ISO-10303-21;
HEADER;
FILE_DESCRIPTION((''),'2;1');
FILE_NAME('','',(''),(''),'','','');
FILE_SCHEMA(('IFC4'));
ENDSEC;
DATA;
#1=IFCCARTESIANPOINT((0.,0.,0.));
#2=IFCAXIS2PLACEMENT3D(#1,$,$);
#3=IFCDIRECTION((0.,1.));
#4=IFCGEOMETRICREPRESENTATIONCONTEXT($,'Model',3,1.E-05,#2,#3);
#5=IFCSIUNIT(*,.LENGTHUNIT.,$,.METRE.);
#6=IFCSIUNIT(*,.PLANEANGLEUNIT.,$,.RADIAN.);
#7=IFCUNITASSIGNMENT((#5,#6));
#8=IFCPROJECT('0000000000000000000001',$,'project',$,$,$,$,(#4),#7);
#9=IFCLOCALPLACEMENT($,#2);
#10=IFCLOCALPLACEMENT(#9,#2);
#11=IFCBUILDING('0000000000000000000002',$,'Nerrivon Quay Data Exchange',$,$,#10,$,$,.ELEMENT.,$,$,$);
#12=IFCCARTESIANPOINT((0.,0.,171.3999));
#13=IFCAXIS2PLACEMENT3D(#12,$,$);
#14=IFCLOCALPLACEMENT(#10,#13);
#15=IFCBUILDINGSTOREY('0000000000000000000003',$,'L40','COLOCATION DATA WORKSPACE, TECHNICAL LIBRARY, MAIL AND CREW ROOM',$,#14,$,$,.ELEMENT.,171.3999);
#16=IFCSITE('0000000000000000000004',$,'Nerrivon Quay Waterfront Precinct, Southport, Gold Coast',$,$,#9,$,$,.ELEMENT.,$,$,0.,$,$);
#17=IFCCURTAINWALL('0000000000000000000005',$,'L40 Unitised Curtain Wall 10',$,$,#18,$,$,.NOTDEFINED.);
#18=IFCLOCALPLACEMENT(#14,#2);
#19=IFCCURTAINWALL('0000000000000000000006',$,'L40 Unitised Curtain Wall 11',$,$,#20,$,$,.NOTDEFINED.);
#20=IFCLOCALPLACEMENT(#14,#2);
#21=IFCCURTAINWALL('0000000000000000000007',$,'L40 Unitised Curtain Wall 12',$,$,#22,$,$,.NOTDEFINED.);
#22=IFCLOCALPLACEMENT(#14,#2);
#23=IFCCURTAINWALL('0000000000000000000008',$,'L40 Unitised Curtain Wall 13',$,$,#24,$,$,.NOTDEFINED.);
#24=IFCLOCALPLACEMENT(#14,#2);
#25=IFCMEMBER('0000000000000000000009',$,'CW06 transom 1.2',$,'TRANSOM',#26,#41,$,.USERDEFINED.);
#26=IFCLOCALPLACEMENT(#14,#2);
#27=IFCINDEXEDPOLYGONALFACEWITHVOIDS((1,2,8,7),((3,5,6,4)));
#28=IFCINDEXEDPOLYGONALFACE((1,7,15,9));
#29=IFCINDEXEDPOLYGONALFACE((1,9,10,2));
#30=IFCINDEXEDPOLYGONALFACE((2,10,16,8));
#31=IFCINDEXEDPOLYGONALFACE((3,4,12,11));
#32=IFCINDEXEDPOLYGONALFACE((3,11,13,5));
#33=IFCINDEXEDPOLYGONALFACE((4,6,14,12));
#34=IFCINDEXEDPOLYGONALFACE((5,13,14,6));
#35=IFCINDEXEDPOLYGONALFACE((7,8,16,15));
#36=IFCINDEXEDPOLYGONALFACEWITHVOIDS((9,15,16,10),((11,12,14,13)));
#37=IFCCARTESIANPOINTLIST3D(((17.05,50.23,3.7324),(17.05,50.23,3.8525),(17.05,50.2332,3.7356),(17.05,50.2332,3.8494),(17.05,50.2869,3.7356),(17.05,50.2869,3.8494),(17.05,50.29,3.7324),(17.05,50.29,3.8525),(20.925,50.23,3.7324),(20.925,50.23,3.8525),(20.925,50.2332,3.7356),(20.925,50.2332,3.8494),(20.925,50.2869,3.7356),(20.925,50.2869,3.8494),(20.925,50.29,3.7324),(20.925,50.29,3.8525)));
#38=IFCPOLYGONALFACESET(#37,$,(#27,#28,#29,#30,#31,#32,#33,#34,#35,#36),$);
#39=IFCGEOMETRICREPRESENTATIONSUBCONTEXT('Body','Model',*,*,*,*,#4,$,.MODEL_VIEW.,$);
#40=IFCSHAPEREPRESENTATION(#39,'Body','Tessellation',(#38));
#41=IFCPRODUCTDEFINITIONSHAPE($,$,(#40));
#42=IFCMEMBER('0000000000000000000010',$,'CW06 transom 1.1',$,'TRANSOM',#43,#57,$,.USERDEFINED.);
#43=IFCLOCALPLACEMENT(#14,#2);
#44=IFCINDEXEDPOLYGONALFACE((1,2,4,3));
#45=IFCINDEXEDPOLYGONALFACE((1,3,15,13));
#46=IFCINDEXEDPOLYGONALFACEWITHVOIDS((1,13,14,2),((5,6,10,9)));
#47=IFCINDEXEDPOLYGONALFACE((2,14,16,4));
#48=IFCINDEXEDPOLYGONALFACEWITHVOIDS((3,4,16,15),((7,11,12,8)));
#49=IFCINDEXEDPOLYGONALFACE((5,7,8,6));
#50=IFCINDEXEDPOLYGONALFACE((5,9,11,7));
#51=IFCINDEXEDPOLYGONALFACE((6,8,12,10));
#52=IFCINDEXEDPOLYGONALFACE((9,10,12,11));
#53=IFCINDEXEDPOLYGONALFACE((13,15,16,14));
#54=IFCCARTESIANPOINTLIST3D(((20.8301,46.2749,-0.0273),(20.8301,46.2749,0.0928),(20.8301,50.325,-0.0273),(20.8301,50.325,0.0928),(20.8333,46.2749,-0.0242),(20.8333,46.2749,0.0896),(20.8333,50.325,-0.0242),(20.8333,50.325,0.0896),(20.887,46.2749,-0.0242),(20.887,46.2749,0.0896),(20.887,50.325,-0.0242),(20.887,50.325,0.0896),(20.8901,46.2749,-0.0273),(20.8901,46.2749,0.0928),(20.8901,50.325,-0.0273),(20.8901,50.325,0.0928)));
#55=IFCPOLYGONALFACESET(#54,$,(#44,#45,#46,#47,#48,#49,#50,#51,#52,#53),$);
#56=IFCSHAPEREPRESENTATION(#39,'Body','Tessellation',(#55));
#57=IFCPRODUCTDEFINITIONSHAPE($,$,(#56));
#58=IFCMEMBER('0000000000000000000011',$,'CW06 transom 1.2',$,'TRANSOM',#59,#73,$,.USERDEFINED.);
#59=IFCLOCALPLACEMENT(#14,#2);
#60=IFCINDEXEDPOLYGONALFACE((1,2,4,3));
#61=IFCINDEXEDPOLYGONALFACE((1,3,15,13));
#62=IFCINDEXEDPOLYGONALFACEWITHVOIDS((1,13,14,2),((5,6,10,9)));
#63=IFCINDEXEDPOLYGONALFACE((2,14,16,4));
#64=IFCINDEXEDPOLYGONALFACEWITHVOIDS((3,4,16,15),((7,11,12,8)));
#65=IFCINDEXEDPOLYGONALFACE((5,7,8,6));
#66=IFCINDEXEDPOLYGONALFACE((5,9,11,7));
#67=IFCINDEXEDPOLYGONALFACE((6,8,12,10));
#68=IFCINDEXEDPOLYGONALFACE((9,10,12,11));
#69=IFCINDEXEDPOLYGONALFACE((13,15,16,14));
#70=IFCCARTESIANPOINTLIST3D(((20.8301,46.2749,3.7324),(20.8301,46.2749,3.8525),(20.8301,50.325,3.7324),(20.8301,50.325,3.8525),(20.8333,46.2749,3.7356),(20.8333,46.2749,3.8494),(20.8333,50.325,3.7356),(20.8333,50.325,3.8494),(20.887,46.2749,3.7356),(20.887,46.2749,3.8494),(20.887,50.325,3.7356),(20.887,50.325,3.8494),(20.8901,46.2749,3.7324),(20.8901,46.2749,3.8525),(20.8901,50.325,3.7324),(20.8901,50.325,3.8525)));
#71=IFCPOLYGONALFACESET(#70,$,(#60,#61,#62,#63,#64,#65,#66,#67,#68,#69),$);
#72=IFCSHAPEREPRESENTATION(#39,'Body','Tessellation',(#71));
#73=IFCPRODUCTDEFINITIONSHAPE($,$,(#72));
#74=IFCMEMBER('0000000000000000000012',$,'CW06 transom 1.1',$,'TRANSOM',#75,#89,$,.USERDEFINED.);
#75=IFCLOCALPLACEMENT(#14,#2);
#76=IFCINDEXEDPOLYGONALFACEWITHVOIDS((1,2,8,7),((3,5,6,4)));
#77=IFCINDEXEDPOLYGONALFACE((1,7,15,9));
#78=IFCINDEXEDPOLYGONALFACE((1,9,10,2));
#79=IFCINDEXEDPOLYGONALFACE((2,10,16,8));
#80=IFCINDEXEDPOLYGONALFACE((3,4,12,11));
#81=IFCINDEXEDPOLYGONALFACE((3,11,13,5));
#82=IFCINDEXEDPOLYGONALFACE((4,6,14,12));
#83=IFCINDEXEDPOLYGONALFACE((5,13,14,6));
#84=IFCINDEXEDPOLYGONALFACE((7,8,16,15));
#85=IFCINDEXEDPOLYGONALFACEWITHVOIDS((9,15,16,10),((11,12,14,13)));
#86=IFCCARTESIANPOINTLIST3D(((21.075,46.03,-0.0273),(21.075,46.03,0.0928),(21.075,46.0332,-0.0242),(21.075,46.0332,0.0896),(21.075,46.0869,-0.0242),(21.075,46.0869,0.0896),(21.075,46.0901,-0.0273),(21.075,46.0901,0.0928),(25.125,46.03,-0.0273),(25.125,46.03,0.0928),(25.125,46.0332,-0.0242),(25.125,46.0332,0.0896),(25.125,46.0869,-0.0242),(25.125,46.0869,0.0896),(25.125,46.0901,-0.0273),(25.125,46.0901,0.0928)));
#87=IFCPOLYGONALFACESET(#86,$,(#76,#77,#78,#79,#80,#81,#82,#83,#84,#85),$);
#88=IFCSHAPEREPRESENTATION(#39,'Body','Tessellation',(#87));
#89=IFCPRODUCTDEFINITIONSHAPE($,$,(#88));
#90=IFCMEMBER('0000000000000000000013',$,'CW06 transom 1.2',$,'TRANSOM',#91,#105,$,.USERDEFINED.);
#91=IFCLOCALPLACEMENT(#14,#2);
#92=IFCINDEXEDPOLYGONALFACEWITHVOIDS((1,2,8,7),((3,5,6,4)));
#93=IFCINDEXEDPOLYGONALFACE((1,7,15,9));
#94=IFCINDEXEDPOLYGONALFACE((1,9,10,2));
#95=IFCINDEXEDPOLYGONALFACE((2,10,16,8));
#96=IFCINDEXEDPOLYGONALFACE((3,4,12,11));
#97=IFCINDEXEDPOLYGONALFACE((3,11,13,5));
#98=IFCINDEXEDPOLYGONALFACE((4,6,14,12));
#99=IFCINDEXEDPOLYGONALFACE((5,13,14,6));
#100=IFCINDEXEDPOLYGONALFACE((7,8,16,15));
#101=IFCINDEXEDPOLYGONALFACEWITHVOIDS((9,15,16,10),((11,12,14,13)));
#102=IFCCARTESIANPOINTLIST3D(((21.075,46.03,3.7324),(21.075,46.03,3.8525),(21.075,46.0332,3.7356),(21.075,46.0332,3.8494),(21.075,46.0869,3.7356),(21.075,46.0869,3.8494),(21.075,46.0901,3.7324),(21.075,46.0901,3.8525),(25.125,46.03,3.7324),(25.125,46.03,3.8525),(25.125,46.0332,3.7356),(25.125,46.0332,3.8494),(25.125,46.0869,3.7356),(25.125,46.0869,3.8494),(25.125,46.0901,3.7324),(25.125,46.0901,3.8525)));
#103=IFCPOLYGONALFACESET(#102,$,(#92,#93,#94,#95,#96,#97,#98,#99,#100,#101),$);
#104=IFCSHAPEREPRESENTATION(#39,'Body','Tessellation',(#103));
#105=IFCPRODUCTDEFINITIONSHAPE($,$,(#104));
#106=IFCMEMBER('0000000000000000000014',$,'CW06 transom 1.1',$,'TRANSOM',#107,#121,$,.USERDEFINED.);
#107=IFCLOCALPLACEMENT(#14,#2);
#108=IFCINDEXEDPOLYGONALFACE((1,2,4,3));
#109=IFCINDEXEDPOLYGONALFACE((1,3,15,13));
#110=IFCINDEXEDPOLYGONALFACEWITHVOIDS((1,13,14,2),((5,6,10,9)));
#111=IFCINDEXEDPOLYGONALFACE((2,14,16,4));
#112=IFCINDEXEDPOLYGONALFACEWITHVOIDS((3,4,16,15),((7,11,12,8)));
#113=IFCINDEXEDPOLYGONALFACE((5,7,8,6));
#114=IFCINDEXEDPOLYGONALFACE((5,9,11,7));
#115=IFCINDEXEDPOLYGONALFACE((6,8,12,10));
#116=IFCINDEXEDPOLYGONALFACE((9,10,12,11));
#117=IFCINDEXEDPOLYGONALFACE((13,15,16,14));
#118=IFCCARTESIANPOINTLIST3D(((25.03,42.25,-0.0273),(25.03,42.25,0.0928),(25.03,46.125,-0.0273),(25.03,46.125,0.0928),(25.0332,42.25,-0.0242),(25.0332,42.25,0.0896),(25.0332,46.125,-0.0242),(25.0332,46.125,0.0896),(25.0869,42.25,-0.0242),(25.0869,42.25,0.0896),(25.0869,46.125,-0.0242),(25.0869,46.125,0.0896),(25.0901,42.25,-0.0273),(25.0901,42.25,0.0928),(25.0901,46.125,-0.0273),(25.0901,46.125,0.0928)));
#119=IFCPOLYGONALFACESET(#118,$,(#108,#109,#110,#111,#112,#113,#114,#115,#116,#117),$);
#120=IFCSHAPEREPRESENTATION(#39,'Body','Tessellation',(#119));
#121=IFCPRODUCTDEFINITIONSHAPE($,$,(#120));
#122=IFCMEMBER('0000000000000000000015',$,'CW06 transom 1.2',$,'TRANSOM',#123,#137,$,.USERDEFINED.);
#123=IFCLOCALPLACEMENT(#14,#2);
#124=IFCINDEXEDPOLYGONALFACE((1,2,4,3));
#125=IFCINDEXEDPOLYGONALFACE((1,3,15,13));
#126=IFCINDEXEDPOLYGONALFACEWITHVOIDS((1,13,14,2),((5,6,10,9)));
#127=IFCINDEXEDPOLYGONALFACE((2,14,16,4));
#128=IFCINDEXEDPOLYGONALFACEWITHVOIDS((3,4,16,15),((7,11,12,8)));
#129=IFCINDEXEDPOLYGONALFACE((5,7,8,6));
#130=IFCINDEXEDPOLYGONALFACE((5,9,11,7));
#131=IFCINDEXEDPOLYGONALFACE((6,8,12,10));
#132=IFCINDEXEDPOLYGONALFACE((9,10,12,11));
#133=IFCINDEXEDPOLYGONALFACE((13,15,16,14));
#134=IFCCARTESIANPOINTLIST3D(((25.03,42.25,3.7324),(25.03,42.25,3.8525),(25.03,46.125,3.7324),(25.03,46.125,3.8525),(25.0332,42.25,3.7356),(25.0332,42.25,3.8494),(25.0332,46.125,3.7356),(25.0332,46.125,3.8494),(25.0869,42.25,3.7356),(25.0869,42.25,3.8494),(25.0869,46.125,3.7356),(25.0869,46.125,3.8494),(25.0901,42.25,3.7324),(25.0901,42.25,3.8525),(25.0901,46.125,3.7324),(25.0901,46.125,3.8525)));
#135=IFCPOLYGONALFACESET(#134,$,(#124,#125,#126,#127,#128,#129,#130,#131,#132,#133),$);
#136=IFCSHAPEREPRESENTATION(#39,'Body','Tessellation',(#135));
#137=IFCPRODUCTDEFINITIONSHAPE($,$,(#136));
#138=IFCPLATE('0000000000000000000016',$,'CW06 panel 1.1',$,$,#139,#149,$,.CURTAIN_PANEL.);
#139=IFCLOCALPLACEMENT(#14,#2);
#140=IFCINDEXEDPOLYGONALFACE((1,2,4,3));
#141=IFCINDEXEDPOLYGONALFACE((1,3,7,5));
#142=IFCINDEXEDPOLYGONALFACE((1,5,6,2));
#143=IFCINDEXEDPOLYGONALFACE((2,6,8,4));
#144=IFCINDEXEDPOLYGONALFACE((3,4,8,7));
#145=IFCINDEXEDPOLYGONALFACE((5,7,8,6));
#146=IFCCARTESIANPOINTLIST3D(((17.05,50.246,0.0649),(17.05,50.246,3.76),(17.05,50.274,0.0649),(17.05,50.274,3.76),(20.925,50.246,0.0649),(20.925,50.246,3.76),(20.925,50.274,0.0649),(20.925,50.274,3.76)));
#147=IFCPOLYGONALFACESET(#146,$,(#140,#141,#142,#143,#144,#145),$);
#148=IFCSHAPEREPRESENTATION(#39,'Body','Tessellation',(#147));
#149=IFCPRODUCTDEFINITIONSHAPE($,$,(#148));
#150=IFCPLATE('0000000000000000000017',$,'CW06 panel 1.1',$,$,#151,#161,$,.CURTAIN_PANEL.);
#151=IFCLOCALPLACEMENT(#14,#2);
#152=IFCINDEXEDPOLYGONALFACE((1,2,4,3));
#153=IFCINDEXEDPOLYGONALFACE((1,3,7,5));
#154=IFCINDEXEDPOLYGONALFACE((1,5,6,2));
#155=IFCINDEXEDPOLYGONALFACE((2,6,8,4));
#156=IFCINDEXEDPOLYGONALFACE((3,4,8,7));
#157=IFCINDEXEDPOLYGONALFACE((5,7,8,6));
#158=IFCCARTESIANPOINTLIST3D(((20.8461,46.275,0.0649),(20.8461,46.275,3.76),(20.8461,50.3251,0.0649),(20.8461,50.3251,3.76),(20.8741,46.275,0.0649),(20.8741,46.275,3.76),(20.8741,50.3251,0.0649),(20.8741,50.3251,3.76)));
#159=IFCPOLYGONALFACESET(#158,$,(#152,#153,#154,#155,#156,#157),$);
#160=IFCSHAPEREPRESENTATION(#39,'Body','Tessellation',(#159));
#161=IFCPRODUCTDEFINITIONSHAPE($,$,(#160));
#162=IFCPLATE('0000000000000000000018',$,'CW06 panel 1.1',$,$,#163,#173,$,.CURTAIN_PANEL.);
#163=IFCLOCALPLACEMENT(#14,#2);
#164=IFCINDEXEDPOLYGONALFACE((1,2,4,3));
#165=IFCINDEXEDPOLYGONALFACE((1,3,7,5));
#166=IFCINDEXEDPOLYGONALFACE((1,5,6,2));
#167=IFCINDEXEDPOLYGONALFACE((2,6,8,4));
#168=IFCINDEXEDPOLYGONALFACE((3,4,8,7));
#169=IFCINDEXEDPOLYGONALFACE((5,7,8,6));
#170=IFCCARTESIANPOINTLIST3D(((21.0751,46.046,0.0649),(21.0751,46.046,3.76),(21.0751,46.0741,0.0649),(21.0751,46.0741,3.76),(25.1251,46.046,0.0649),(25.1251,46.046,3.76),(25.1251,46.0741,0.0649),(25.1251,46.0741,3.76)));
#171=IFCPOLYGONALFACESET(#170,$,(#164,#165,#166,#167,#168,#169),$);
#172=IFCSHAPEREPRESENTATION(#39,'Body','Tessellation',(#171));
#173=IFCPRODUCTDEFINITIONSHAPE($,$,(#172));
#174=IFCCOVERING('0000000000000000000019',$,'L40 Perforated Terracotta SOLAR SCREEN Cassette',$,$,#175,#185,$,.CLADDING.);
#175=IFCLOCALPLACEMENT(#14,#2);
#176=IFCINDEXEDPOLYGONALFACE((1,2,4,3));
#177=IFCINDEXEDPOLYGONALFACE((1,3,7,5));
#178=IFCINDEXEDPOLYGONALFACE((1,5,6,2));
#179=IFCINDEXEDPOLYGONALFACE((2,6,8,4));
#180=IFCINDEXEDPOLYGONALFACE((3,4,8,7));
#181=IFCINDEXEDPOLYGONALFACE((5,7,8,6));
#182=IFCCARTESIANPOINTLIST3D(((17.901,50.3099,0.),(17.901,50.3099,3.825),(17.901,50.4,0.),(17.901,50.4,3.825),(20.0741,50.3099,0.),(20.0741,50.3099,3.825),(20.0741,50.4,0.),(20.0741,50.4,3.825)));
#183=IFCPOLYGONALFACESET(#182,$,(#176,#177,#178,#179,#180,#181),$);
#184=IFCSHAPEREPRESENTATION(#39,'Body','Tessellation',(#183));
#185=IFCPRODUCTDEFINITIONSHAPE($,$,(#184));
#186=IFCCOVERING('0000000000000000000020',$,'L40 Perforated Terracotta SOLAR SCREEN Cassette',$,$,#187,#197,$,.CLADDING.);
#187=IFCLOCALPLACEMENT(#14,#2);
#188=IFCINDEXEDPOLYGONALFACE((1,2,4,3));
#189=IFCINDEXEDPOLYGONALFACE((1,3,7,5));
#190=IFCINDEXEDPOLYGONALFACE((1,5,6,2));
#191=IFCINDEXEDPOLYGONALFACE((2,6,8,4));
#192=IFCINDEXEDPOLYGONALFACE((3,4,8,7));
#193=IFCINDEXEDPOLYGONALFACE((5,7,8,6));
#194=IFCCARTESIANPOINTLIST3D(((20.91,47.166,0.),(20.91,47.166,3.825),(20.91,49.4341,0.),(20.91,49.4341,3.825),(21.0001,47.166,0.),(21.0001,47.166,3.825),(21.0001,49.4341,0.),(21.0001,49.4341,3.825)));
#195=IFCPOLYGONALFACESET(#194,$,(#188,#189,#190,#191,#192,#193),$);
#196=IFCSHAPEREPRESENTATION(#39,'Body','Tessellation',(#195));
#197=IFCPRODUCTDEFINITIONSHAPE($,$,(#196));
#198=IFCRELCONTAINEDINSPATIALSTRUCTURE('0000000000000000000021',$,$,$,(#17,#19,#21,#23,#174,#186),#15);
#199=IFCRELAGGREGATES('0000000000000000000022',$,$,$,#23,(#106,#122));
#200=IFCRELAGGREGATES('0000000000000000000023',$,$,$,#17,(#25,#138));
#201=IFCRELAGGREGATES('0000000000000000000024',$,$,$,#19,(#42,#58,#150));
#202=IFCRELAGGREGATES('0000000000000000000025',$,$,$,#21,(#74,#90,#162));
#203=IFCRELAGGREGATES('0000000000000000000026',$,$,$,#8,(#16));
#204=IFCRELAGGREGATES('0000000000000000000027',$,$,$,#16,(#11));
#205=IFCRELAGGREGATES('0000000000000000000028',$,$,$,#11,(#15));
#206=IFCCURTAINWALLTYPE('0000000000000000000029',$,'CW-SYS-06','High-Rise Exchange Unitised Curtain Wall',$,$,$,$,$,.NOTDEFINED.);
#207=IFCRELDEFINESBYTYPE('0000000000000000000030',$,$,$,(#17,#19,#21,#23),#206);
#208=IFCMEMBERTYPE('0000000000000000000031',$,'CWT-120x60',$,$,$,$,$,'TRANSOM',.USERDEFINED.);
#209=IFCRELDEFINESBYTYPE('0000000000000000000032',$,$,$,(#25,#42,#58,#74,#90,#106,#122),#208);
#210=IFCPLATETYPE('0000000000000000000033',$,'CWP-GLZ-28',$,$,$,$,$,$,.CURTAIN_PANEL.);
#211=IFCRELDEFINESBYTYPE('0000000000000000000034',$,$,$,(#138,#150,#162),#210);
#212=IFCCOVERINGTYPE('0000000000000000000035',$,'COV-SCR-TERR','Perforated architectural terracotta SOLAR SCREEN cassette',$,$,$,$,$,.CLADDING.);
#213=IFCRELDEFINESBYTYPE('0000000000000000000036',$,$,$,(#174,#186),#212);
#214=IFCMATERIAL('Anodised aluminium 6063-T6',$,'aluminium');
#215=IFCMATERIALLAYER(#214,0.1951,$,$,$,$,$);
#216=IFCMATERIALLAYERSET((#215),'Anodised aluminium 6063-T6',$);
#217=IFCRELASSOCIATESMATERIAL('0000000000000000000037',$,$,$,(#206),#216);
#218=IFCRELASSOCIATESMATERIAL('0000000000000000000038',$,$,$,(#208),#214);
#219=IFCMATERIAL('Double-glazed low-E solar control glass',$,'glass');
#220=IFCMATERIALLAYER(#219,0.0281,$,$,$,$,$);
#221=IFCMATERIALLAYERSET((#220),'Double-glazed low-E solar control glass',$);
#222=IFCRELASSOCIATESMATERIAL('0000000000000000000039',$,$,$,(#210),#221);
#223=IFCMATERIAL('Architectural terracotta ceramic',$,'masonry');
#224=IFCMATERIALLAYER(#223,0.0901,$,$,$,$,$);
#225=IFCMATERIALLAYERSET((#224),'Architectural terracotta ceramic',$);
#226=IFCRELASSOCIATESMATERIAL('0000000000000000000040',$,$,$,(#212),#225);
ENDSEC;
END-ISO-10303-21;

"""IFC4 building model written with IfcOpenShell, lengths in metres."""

from ifc_helpers import new_model, si_unit, direction, frame, origin, origin_2d, place, context, subcontext, project, spatial, rectangle, hollow_rectangle, extrude, material, layer, layer_set, material_profile, profile_set, type_object, element, aggregate, save


model = new_model("IFC4")

# Units and contexts
model_context = context("Model", 3, precision=1e-05, world=origin(), true_north=direction((0.0, 1.0)))
body_context = subcontext(model_context, "Body", "Model", "MODEL_VIEW")
ifc_project = project(units=[si_unit("LENGTHUNIT", "METRE"), si_unit("PLANEANGLEUNIT", "RADIAN")], contexts=[model_context])

# Site, building, storey
site_placement = place(None, origin())
site = spatial("IfcSite", under=ifc_project, at=site_placement, Name="Nerrivon Quay Waterfront Precinct, Southport, Gold Coast", CompositionType="ELEMENT", RefElevation=0.0)
building_placement = place(site_placement, origin())
building = spatial("IfcBuilding", under=site, at=building_placement, Name="Nerrivon Quay Data Exchange", CompositionType="ELEMENT")
storey_placement = place(building_placement, frame((0.0, 0.0, 171.3999)))
storey = spatial("IfcBuildingStorey", under=building, at=storey_placement, Name="L40", Description="COLOCATION DATA WORKSPACE, TECHNICAL LIBRARY, MAIL AND CREW ROOM", CompositionType="ELEMENT", Elevation=171.3999)

# Shared definitions
ifc_material_1 = material(Name="Anodised aluminium 6063-T6", Category="aluminium")
ifc_layer_1 = layer(ifc_material_1, 0.1951)
ifc_layer_set_1 = layer_set([ifc_layer_1], Name="Anodised aluminium 6063-T6")
curtain_wall_type = type_object("IfcCurtainWallType", Name="CW-SYS-06", Description="High-Rise Exchange Unitised Curtain Wall", PredefinedType="NOTDEFINED", material=ifc_layer_set_1)

# Curtain walls
curtain_wall_1_placement = place(storey_placement, origin())
curtain_wall_1 = element("IfcCurtainWall", 1, at=curtain_wall_1_placement, inside=storey, type_object=curtain_wall_type, Name="L40 Unitised Curtain Wall 10", PredefinedType="NOTDEFINED")
curtain_wall_2_placement = place(storey_placement, origin())
curtain_wall_2 = element("IfcCurtainWall", 2, at=curtain_wall_2_placement, inside=storey, type_object=curtain_wall_type, Name="L40 Unitised Curtain Wall 11", PredefinedType="NOTDEFINED")
curtain_wall_3_placement = place(storey_placement, origin())
curtain_wall_3 = element("IfcCurtainWall", 3, at=curtain_wall_3_placement, inside=storey, type_object=curtain_wall_type, Name="L40 Unitised Curtain Wall 12", PredefinedType="NOTDEFINED")

# Curtain wall
curtain_wall_4_placement = place(storey_placement, origin())
curtain_wall_4 = element("IfcCurtainWall", 4, at=curtain_wall_4_placement, inside=storey, type_object=curtain_wall_type, Name="L40 Unitised Curtain Wall 13", PredefinedType="NOTDEFINED")

# Members
ifc_material_profile_1 = material_profile(ifc_material_1, hollow_rectangle(XDim=0.0601, YDim=0.1201, WallThickness=0.0032, at=origin_2d()), Name="ALU-TRAN-120x60")
ifc_profile_set_1 = profile_set([ifc_material_profile_1], Name="Anodised aluminium 6063-T6")
member_type_1 = type_object("IfcMemberType", Name="CWT-120x60", ElementType="TRANSOM", PredefinedType="USERDEFINED", material=ifc_profile_set_1)
member_1_placement = place(storey_placement, frame((17.05, 50.26, 3.7925), z_axis=(1.0, 0.0, 0.0), x_axis=(0.0, 1.0, 0.0)))
member_1 = element("IfcMember", 5, at=member_1_placement, type_object=member_type_1, Name="CW06 transom 1.2", ObjectType="TRANSOM", PredefinedType="USERDEFINED", context=body_context, shape_type="SweptSolid", body=[
    extrude(hollow_rectangle(XDim=0.0601, YDim=0.1201, WallThickness=0.0032, at=origin_2d()), origin(), (0.0, 0.0, 1.0), 3.875),
])
member_2_placement = place(storey_placement, frame((20.8601, 50.325, 0.0327), z_axis=(0.0, -1.0, 0.0), x_axis=(1.0, 0.0, 0.0)))
member_2 = element("IfcMember", 6, at=member_2_placement, type_object=member_type_1, Name="CW06 transom 1.1", ObjectType="TRANSOM", PredefinedType="USERDEFINED", context=body_context, shape_type="SweptSolid", body=[
    extrude(hollow_rectangle(XDim=0.0601, YDim=0.1201, WallThickness=0.0032, at=origin_2d()), origin(), (0.0, 0.0, 1.0), 4.05),
])
member_3_placement = place(storey_placement, frame((20.8601, 50.325, 3.7925), z_axis=(0.0, -1.0, 0.0), x_axis=(1.0, 0.0, 0.0)))
member_3 = element("IfcMember", 7, at=member_3_placement, type_object=member_type_1, Name="CW06 transom 1.2", ObjectType="TRANSOM", PredefinedType="USERDEFINED", context=body_context, shape_type="SweptSolid", body=[
    extrude(hollow_rectangle(XDim=0.0601, YDim=0.1201, WallThickness=0.0032, at=origin_2d()), origin(), (0.0, 0.0, 1.0), 4.05),
])
member_4_placement = place(storey_placement, frame((21.075, 46.0601, 0.0327), z_axis=(1.0, 0.0, 0.0), x_axis=(0.0, 1.0, 0.0)))
member_4 = element("IfcMember", 8, at=member_4_placement, type_object=member_type_1, Name="CW06 transom 1.1", ObjectType="TRANSOM", PredefinedType="USERDEFINED", context=body_context, shape_type="SweptSolid", body=[
    extrude(hollow_rectangle(XDim=0.0601, YDim=0.1201, WallThickness=0.0032, at=origin_2d()), origin(), (0.0, 0.0, 1.0), 4.05),
])
member_5_placement = place(storey_placement, frame((21.075, 46.0601, 3.7925), z_axis=(1.0, 0.0, 0.0), x_axis=(0.0, 1.0, 0.0)))
member_5 = element("IfcMember", 9, at=member_5_placement, type_object=member_type_1, Name="CW06 transom 1.2", ObjectType="TRANSOM", PredefinedType="USERDEFINED", context=body_context, shape_type="SweptSolid", body=[
    extrude(hollow_rectangle(XDim=0.0601, YDim=0.1201, WallThickness=0.0032, at=origin_2d()), origin(), (0.0, 0.0, 1.0), 4.05),
])
member_6_placement = place(storey_placement, frame((25.0601, 46.125, 0.0327), z_axis=(0.0, -1.0, 0.0), x_axis=(1.0, 0.0, 0.0)))
member_6 = element("IfcMember", 10, at=member_6_placement, type_object=member_type_1, Name="CW06 transom 1.1", ObjectType="TRANSOM", PredefinedType="USERDEFINED", context=body_context, shape_type="SweptSolid", body=[
    extrude(hollow_rectangle(XDim=0.0601, YDim=0.1201, WallThickness=0.0032, at=origin_2d()), origin(), (0.0, 0.0, 1.0), 3.875),
])
member_7_placement = place(storey_placement, frame((25.0601, 46.125, 3.7925), z_axis=(0.0, -1.0, 0.0), x_axis=(1.0, 0.0, 0.0)))
member_7 = element("IfcMember", 11, at=member_7_placement, type_object=member_type_1, Name="CW06 transom 1.2", ObjectType="TRANSOM", PredefinedType="USERDEFINED", context=body_context, shape_type="SweptSolid", body=[
    extrude(hollow_rectangle(XDim=0.0601, YDim=0.1201, WallThickness=0.0032, at=origin_2d()), origin(), (0.0, 0.0, 1.0), 3.875),
])
aggregate(curtain_wall_4, [member_6, member_7])

# Plates
ifc_material_2 = material(Name="Double-glazed low-E solar control glass", Category="glass")
ifc_layer_2 = layer(ifc_material_2, 0.0281)
ifc_layer_set_2 = layer_set([ifc_layer_2], Name="Double-glazed low-E solar control glass")
plate_type = type_object("IfcPlateType", Name="CWP-GLZ-28", PredefinedType="CURTAIN_PANEL", material=ifc_layer_set_2)
plate_1_placement = place(storey_placement, frame((18.9875, 50.26, 0.0649), z_axis=(0.0, 0.0, 1.0), x_axis=(1.0, 0.0, 0.0)))
plate_1 = element("IfcPlate", 12, at=plate_1_placement, type_object=plate_type, Name="CW06 panel 1.1", PredefinedType="CURTAIN_PANEL", context=body_context, shape_type="SweptSolid", body=[
    extrude(rectangle(XDim=3.875, YDim=0.0281, at=origin_2d()), origin(), (0.0, 0.0, 1.0), 3.6951),
])
aggregate(curtain_wall_1, [member_1, plate_1])
plate_2_placement = place(storey_placement, frame((20.8601, 48.3, 0.0649), z_axis=(0.0, 0.0, 1.0), x_axis=(0.0, -1.0, 0.0)))
plate_2 = element("IfcPlate", 13, at=plate_2_placement, type_object=plate_type, Name="CW06 panel 1.1", PredefinedType="CURTAIN_PANEL", context=body_context, shape_type="SweptSolid", body=[
    extrude(rectangle(XDim=4.05, YDim=0.0281, at=origin_2d()), origin(), (0.0, 0.0, 1.0), 3.6951),
])
aggregate(curtain_wall_2, [member_2, member_3, plate_2])
plate_3_placement = place(storey_placement, frame((23.1001, 46.0601, 0.0649), z_axis=(0.0, 0.0, 1.0), x_axis=(1.0, 0.0, 0.0)))
plate_3 = element("IfcPlate", 14, at=plate_3_placement, type_object=plate_type, Name="CW06 panel 1.1", PredefinedType="CURTAIN_PANEL", context=body_context, shape_type="SweptSolid", body=[
    extrude(rectangle(XDim=4.05, YDim=0.0281, at=origin_2d()), origin(), (0.0, 0.0, 1.0), 3.6951),
])
aggregate(curtain_wall_3, [member_4, member_5, plate_3])

# Coverings
ifc_material_3 = material(Name="Architectural terracotta ceramic", Category="masonry")
ifc_layer_3 = layer(ifc_material_3, 0.0901)
ifc_layer_set_3 = layer_set([ifc_layer_3], Name="Architectural terracotta ceramic")
covering_type = type_object("IfcCoveringType", Name="COV-SCR-TERR", Description="Perforated architectural terracotta SOLAR SCREEN cassette", PredefinedType="CLADDING", material=ifc_layer_set_3)
covering_placement = place(storey_placement, frame((18.9875, 50.355, 0.0), z_axis=(0.0, 0.0, 1.0), x_axis=(1.0, 0.0, 0.0)))
element("IfcCovering", 15, at=covering_placement, inside=storey, type_object=covering_type, Name="L40 Perforated Terracotta SOLAR SCREEN Cassette", PredefinedType="CLADDING", context=body_context, shape_type="SweptSolid", body=[
    extrude(rectangle(XDim=2.1731, YDim=0.0901, at=origin_2d()), origin(), (0.0, 0.0, 1.0), 3.825),
])
for number, where, z_axis, x_axis, name in (
    (16, (20.9551, 48.3, 0.0), (0.0, 0.0, 1.0), (0.0, -1.0, 0.0), "L40 Perforated Terracotta SOLAR SCREEN Cassette"),
):
    element("IfcCovering", number, at=place(storey_placement, frame(where, z_axis=z_axis, x_axis=x_axis)), inside=storey, type_object=covering_type, Name=name, PredefinedType="CLADDING", context=body_context, shape_type="SweptSolid", body=[
        extrude(rectangle(XDim=2.2681, YDim=0.0901, at=origin_2d()), origin(), (0.0, 0.0, 1.0), 3.825),
    ])

save(model, "model.ifc")
